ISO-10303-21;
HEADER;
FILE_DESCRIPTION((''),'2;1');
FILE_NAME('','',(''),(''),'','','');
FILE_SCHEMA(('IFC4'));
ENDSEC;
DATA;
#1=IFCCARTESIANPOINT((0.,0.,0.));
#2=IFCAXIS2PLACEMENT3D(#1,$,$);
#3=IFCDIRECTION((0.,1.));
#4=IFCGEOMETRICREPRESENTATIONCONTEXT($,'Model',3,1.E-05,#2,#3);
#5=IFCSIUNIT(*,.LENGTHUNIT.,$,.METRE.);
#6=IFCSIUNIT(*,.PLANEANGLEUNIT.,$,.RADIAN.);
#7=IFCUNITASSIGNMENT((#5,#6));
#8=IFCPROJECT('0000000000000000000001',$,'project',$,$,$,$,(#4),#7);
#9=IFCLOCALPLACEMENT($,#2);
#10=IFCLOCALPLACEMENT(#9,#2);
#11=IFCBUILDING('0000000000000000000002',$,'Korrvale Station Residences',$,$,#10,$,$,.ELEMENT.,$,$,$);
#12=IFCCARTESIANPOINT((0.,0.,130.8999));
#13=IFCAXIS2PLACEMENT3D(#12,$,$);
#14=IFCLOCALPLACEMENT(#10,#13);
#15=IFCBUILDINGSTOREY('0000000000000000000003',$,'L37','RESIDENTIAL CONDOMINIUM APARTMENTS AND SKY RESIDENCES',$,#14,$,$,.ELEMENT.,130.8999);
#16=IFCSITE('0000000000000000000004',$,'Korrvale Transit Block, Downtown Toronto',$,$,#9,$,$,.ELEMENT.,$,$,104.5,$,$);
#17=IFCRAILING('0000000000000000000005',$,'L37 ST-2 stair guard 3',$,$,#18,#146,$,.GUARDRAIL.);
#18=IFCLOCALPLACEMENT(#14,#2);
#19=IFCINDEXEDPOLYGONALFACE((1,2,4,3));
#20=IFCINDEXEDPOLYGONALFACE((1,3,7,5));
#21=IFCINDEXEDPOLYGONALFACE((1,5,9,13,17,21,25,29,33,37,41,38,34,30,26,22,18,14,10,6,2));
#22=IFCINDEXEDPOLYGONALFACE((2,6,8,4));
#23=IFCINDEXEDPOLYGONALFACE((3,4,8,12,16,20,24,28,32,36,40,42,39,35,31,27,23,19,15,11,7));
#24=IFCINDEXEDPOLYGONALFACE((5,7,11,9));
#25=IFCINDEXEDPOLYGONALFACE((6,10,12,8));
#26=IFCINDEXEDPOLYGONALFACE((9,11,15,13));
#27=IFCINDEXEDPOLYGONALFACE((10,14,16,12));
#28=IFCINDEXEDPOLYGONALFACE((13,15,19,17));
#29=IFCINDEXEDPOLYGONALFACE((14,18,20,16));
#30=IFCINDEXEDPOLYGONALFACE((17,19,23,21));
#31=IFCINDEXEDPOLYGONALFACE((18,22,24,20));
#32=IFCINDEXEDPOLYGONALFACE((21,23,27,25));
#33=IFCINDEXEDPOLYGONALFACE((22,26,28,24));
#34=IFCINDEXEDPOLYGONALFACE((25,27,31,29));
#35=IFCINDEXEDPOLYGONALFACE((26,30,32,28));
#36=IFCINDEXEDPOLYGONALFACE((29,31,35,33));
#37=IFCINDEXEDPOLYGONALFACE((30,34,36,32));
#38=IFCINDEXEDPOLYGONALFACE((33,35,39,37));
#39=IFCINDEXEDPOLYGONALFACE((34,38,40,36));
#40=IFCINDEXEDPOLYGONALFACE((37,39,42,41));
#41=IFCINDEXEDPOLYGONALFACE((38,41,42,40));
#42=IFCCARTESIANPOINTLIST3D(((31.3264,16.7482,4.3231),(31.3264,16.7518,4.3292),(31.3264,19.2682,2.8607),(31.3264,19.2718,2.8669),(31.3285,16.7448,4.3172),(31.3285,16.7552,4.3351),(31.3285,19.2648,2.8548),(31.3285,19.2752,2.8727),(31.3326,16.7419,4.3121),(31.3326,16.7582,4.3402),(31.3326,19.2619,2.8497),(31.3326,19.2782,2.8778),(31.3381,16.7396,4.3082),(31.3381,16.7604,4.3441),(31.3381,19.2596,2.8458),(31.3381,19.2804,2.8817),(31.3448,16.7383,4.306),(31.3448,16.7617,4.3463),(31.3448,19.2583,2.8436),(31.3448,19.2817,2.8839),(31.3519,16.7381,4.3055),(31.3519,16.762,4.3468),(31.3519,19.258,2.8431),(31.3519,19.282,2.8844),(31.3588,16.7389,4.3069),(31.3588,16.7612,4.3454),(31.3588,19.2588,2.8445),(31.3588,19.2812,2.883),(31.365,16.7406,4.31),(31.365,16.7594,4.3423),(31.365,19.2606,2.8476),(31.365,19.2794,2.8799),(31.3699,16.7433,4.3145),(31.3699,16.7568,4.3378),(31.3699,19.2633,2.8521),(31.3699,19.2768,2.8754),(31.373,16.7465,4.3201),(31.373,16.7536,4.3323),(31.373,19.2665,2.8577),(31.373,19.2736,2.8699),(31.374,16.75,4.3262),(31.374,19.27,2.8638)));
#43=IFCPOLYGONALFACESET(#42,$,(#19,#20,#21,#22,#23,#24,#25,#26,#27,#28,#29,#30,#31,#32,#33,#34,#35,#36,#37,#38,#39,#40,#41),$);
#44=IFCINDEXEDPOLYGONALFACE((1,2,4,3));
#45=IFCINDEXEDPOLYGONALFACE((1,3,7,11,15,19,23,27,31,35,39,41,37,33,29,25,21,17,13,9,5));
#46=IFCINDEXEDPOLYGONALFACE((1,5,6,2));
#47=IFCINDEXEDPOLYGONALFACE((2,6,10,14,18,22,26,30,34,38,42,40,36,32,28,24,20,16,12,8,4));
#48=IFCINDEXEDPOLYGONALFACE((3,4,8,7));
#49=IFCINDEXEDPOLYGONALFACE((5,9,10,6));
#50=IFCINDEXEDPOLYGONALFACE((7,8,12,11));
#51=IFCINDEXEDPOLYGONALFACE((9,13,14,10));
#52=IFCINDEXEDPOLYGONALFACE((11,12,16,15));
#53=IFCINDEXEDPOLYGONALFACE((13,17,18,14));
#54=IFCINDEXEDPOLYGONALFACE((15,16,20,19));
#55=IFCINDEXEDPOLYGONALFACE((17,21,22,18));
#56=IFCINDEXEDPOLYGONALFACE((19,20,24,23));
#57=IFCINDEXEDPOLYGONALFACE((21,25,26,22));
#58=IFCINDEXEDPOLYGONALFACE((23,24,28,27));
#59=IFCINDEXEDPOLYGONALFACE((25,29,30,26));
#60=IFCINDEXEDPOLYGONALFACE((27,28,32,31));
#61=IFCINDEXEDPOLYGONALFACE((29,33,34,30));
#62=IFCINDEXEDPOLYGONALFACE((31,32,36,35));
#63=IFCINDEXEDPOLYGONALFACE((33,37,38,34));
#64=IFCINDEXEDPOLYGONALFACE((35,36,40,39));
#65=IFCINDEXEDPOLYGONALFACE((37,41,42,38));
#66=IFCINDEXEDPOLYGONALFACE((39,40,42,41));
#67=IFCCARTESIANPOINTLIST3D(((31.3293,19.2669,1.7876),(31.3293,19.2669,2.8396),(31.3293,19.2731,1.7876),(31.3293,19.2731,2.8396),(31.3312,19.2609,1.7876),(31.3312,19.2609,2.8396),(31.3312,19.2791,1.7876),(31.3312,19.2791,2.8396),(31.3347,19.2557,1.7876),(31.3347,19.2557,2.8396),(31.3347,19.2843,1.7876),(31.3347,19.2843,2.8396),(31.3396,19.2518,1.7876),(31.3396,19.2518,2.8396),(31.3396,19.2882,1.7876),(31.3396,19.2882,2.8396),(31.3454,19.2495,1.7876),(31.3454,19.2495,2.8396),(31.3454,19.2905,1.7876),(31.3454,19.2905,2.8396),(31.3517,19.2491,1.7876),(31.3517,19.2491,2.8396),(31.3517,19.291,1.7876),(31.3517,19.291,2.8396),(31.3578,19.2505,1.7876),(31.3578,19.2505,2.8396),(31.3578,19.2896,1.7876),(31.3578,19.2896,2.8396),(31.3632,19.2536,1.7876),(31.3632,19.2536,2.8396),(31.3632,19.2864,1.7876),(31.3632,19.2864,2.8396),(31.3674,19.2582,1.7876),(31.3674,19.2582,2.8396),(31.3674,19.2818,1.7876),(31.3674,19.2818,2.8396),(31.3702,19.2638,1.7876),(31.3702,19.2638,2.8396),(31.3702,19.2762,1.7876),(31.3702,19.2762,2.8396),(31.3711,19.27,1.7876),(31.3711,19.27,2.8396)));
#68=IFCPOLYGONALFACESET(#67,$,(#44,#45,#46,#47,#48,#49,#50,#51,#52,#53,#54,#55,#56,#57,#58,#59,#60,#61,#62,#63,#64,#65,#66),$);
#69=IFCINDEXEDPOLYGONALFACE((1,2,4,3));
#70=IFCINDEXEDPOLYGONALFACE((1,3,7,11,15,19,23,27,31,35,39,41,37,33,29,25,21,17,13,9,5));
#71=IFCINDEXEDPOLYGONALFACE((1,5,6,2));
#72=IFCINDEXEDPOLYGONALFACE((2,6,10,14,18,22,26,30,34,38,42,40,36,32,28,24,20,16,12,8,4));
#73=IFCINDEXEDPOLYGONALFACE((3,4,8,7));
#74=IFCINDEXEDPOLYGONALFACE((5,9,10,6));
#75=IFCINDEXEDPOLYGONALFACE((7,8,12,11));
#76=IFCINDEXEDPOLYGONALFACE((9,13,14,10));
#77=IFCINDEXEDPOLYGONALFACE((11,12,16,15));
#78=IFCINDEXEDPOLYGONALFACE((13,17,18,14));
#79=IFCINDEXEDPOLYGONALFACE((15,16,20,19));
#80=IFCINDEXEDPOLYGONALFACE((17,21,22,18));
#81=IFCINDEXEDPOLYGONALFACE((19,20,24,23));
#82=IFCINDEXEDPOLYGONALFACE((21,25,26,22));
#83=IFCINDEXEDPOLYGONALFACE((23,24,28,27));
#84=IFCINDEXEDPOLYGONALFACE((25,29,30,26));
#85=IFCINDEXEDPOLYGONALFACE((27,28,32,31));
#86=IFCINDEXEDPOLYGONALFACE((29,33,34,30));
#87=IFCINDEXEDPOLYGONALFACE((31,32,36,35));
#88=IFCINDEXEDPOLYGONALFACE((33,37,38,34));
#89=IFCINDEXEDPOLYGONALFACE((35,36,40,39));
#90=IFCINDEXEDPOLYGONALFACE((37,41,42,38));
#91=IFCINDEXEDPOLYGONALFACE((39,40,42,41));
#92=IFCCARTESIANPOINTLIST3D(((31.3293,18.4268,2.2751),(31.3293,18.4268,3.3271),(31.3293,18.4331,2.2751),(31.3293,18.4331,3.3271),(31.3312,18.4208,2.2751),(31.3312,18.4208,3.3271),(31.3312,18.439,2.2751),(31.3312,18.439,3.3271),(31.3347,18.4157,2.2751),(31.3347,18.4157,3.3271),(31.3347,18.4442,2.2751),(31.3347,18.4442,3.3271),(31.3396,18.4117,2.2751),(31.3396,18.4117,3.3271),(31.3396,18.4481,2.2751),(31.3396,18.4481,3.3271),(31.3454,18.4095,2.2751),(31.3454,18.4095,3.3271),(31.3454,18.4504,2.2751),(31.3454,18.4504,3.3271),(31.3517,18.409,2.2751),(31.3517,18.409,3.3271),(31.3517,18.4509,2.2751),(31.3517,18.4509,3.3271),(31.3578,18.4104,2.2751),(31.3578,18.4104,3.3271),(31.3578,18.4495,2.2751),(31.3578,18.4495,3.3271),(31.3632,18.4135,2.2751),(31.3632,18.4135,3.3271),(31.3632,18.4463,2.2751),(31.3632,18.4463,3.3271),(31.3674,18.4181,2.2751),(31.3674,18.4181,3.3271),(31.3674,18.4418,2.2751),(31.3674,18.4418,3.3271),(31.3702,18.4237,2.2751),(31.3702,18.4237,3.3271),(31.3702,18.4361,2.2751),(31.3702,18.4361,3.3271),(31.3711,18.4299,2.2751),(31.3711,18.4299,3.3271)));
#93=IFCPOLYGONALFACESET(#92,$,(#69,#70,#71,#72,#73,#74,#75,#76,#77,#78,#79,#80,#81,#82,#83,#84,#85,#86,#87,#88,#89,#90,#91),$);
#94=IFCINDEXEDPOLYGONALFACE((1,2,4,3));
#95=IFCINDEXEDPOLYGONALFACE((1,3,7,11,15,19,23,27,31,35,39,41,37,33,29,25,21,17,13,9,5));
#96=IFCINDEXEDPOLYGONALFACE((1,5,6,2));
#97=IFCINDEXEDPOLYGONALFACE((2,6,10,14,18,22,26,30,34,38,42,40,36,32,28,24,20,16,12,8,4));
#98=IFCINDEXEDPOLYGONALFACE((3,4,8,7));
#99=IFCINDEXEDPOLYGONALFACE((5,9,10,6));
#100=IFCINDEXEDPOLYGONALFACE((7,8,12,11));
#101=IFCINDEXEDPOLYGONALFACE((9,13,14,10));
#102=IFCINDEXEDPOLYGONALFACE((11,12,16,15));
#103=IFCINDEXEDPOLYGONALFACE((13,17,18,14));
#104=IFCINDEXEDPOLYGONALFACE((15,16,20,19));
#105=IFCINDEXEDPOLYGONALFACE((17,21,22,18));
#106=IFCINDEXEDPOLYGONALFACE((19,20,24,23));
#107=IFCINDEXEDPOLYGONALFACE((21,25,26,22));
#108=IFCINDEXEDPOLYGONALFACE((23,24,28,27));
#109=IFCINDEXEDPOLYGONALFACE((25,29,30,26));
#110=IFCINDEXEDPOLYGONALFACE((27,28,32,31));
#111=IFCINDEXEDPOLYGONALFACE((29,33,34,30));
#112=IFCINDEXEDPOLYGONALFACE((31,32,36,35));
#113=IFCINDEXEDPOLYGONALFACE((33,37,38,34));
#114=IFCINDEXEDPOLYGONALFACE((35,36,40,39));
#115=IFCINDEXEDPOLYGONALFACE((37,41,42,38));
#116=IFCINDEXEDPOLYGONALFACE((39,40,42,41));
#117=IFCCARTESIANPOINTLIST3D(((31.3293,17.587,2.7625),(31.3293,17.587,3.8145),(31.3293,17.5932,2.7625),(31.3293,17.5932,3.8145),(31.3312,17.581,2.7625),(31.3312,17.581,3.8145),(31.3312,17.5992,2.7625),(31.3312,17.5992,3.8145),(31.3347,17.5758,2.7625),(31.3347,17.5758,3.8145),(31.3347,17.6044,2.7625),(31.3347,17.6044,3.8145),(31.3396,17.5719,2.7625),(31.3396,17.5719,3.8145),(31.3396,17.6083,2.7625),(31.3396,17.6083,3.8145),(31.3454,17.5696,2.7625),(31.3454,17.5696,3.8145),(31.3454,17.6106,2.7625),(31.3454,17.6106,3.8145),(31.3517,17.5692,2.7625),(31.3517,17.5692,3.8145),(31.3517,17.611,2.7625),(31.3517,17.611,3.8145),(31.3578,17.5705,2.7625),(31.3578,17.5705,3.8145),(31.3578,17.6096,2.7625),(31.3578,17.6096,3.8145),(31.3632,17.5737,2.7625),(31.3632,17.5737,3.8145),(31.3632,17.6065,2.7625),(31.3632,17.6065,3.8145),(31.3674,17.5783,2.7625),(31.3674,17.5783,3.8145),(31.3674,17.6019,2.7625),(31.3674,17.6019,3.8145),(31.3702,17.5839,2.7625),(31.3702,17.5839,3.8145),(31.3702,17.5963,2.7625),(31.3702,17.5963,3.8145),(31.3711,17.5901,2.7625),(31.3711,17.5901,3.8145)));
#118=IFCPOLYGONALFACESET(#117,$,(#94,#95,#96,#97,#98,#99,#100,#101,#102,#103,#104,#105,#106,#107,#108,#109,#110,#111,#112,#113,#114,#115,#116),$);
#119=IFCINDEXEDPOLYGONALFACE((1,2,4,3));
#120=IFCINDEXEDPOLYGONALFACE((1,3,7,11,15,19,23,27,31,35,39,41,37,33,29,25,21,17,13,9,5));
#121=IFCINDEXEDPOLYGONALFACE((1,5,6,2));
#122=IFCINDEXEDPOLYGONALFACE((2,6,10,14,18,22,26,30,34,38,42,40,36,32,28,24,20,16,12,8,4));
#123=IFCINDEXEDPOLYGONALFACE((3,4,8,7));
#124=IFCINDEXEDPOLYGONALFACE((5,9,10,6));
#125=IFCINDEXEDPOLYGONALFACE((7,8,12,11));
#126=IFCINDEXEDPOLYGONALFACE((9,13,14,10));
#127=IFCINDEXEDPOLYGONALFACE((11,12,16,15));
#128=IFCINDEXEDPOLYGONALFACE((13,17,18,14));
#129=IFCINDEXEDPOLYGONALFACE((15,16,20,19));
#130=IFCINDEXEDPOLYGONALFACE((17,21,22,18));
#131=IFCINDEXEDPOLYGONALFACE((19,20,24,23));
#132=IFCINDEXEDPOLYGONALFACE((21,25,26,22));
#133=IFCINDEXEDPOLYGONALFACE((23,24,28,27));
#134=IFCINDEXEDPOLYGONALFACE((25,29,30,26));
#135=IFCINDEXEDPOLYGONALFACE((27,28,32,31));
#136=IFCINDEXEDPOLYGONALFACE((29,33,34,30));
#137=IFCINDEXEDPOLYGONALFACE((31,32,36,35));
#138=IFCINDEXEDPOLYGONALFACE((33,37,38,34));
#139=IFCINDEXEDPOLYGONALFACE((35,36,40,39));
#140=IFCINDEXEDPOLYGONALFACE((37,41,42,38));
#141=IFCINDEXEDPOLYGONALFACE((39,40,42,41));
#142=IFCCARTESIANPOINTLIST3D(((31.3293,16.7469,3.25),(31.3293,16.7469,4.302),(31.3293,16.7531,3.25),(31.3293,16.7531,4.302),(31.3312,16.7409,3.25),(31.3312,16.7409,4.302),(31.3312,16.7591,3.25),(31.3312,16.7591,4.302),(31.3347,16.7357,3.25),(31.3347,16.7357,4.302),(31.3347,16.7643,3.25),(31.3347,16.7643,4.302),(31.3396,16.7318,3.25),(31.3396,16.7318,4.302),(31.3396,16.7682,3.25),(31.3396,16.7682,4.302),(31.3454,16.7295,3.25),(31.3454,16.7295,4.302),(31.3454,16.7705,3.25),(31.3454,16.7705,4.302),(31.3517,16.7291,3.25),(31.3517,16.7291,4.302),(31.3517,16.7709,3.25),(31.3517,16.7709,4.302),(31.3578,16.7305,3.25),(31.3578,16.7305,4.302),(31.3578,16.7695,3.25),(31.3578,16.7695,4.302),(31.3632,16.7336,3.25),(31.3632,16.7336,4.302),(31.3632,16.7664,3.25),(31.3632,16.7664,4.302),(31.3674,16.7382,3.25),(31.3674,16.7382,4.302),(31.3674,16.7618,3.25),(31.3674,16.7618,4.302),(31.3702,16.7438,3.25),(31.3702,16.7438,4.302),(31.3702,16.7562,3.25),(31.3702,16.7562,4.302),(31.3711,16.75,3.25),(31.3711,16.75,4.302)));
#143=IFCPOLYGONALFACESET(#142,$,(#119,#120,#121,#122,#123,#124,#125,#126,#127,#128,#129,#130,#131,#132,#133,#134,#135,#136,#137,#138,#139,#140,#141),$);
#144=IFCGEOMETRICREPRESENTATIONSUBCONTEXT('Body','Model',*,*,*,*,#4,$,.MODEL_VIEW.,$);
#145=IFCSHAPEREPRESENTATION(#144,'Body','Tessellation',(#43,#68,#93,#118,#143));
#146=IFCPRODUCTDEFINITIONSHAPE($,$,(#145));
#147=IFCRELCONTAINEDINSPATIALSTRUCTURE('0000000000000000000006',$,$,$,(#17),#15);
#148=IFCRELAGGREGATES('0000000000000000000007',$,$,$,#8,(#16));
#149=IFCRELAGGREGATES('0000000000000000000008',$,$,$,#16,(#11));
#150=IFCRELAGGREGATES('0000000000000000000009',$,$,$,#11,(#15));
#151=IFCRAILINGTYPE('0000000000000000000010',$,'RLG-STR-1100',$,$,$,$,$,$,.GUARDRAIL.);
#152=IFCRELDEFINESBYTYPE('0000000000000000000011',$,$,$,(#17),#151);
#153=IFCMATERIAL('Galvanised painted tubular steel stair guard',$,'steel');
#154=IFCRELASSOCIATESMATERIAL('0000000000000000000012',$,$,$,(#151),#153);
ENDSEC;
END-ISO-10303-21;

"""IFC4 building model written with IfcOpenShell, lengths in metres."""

from ifc_helpers import new_model, si_unit, direction, frame, origin, origin_2d, place, context, subcontext, project, spatial, circle, extrude, material, type_object, element, save


model = new_model("IFC4")

# Units and contexts
model_context = context("Model", 3, precision=1e-05, world=origin(), true_north=direction((0.0, 1.0)))
body_context = subcontext(model_context, "Body", "Model", "MODEL_VIEW")
ifc_project = project(units=[si_unit("LENGTHUNIT", "METRE"), si_unit("PLANEANGLEUNIT", "RADIAN")], contexts=[model_context])

# Site, building, storey
site_placement = place(None, origin())
site = spatial("IfcSite", under=ifc_project, at=site_placement, Name="Korrvale Transit Block, Downtown Toronto", CompositionType="ELEMENT", RefElevation=104.5)
building_placement = place(site_placement, origin())
building = spatial("IfcBuilding", under=site, at=building_placement, Name="Korrvale Station Residences", CompositionType="ELEMENT")
storey_placement = place(building_placement, frame((0.0, 0.0, 130.8999)))
storey = spatial("IfcBuildingStorey", under=building, at=storey_placement, Name="L37", Description="RESIDENTIAL CONDOMINIUM APARTMENTS AND SKY RESIDENCES", CompositionType="ELEMENT", Elevation=130.8999)

# Railing
ifc_material_1 = material(Name="Galvanised painted tubular steel stair guard", Category="steel")
railing_type_1 = type_object("IfcRailingType", Name="RLG-STR-1100", PredefinedType="GUARDRAIL", material=ifc_material_1)
railing_1_placement = place(storey_placement, frame((31.3501, 19.27, 1.7876)))
element("IfcRailing", 1, at=railing_1_placement, inside=storey, type_object=railing_type_1, Name="L37 ST-2 stair guard 3", PredefinedType="GUARDRAIL", context=body_context, shape_type="SweptSolid", body=[
    extrude(circle(Radius=0.0239, at=origin_2d()), frame((0.0, 0.0, 1.0762), z_axis=(0.0, -0.864913, 0.501921), x_axis=(1.0, 0.0, 0.0)), (0.0, 0.0, 1.0), 2.9136),
    extrude(circle(Radius=0.021, at=origin_2d()), origin(), (0.0, 0.0, 1.0), 1.052),
    extrude(circle(Radius=0.021, at=origin_2d()), frame((0.0, -0.8401, 0.4875)), (0.0, 0.0, 1.0), 1.052),
    extrude(circle(Radius=0.021, at=origin_2d()), frame((0.0, -1.6799, 0.9749)), (0.0, 0.0, 1.0), 1.052),
    extrude(circle(Radius=0.021, at=origin_2d()), frame((0.0, -2.52, 1.4624)), (0.0, 0.0, 1.0), 1.052),
])

save(model, "model.ifc")
